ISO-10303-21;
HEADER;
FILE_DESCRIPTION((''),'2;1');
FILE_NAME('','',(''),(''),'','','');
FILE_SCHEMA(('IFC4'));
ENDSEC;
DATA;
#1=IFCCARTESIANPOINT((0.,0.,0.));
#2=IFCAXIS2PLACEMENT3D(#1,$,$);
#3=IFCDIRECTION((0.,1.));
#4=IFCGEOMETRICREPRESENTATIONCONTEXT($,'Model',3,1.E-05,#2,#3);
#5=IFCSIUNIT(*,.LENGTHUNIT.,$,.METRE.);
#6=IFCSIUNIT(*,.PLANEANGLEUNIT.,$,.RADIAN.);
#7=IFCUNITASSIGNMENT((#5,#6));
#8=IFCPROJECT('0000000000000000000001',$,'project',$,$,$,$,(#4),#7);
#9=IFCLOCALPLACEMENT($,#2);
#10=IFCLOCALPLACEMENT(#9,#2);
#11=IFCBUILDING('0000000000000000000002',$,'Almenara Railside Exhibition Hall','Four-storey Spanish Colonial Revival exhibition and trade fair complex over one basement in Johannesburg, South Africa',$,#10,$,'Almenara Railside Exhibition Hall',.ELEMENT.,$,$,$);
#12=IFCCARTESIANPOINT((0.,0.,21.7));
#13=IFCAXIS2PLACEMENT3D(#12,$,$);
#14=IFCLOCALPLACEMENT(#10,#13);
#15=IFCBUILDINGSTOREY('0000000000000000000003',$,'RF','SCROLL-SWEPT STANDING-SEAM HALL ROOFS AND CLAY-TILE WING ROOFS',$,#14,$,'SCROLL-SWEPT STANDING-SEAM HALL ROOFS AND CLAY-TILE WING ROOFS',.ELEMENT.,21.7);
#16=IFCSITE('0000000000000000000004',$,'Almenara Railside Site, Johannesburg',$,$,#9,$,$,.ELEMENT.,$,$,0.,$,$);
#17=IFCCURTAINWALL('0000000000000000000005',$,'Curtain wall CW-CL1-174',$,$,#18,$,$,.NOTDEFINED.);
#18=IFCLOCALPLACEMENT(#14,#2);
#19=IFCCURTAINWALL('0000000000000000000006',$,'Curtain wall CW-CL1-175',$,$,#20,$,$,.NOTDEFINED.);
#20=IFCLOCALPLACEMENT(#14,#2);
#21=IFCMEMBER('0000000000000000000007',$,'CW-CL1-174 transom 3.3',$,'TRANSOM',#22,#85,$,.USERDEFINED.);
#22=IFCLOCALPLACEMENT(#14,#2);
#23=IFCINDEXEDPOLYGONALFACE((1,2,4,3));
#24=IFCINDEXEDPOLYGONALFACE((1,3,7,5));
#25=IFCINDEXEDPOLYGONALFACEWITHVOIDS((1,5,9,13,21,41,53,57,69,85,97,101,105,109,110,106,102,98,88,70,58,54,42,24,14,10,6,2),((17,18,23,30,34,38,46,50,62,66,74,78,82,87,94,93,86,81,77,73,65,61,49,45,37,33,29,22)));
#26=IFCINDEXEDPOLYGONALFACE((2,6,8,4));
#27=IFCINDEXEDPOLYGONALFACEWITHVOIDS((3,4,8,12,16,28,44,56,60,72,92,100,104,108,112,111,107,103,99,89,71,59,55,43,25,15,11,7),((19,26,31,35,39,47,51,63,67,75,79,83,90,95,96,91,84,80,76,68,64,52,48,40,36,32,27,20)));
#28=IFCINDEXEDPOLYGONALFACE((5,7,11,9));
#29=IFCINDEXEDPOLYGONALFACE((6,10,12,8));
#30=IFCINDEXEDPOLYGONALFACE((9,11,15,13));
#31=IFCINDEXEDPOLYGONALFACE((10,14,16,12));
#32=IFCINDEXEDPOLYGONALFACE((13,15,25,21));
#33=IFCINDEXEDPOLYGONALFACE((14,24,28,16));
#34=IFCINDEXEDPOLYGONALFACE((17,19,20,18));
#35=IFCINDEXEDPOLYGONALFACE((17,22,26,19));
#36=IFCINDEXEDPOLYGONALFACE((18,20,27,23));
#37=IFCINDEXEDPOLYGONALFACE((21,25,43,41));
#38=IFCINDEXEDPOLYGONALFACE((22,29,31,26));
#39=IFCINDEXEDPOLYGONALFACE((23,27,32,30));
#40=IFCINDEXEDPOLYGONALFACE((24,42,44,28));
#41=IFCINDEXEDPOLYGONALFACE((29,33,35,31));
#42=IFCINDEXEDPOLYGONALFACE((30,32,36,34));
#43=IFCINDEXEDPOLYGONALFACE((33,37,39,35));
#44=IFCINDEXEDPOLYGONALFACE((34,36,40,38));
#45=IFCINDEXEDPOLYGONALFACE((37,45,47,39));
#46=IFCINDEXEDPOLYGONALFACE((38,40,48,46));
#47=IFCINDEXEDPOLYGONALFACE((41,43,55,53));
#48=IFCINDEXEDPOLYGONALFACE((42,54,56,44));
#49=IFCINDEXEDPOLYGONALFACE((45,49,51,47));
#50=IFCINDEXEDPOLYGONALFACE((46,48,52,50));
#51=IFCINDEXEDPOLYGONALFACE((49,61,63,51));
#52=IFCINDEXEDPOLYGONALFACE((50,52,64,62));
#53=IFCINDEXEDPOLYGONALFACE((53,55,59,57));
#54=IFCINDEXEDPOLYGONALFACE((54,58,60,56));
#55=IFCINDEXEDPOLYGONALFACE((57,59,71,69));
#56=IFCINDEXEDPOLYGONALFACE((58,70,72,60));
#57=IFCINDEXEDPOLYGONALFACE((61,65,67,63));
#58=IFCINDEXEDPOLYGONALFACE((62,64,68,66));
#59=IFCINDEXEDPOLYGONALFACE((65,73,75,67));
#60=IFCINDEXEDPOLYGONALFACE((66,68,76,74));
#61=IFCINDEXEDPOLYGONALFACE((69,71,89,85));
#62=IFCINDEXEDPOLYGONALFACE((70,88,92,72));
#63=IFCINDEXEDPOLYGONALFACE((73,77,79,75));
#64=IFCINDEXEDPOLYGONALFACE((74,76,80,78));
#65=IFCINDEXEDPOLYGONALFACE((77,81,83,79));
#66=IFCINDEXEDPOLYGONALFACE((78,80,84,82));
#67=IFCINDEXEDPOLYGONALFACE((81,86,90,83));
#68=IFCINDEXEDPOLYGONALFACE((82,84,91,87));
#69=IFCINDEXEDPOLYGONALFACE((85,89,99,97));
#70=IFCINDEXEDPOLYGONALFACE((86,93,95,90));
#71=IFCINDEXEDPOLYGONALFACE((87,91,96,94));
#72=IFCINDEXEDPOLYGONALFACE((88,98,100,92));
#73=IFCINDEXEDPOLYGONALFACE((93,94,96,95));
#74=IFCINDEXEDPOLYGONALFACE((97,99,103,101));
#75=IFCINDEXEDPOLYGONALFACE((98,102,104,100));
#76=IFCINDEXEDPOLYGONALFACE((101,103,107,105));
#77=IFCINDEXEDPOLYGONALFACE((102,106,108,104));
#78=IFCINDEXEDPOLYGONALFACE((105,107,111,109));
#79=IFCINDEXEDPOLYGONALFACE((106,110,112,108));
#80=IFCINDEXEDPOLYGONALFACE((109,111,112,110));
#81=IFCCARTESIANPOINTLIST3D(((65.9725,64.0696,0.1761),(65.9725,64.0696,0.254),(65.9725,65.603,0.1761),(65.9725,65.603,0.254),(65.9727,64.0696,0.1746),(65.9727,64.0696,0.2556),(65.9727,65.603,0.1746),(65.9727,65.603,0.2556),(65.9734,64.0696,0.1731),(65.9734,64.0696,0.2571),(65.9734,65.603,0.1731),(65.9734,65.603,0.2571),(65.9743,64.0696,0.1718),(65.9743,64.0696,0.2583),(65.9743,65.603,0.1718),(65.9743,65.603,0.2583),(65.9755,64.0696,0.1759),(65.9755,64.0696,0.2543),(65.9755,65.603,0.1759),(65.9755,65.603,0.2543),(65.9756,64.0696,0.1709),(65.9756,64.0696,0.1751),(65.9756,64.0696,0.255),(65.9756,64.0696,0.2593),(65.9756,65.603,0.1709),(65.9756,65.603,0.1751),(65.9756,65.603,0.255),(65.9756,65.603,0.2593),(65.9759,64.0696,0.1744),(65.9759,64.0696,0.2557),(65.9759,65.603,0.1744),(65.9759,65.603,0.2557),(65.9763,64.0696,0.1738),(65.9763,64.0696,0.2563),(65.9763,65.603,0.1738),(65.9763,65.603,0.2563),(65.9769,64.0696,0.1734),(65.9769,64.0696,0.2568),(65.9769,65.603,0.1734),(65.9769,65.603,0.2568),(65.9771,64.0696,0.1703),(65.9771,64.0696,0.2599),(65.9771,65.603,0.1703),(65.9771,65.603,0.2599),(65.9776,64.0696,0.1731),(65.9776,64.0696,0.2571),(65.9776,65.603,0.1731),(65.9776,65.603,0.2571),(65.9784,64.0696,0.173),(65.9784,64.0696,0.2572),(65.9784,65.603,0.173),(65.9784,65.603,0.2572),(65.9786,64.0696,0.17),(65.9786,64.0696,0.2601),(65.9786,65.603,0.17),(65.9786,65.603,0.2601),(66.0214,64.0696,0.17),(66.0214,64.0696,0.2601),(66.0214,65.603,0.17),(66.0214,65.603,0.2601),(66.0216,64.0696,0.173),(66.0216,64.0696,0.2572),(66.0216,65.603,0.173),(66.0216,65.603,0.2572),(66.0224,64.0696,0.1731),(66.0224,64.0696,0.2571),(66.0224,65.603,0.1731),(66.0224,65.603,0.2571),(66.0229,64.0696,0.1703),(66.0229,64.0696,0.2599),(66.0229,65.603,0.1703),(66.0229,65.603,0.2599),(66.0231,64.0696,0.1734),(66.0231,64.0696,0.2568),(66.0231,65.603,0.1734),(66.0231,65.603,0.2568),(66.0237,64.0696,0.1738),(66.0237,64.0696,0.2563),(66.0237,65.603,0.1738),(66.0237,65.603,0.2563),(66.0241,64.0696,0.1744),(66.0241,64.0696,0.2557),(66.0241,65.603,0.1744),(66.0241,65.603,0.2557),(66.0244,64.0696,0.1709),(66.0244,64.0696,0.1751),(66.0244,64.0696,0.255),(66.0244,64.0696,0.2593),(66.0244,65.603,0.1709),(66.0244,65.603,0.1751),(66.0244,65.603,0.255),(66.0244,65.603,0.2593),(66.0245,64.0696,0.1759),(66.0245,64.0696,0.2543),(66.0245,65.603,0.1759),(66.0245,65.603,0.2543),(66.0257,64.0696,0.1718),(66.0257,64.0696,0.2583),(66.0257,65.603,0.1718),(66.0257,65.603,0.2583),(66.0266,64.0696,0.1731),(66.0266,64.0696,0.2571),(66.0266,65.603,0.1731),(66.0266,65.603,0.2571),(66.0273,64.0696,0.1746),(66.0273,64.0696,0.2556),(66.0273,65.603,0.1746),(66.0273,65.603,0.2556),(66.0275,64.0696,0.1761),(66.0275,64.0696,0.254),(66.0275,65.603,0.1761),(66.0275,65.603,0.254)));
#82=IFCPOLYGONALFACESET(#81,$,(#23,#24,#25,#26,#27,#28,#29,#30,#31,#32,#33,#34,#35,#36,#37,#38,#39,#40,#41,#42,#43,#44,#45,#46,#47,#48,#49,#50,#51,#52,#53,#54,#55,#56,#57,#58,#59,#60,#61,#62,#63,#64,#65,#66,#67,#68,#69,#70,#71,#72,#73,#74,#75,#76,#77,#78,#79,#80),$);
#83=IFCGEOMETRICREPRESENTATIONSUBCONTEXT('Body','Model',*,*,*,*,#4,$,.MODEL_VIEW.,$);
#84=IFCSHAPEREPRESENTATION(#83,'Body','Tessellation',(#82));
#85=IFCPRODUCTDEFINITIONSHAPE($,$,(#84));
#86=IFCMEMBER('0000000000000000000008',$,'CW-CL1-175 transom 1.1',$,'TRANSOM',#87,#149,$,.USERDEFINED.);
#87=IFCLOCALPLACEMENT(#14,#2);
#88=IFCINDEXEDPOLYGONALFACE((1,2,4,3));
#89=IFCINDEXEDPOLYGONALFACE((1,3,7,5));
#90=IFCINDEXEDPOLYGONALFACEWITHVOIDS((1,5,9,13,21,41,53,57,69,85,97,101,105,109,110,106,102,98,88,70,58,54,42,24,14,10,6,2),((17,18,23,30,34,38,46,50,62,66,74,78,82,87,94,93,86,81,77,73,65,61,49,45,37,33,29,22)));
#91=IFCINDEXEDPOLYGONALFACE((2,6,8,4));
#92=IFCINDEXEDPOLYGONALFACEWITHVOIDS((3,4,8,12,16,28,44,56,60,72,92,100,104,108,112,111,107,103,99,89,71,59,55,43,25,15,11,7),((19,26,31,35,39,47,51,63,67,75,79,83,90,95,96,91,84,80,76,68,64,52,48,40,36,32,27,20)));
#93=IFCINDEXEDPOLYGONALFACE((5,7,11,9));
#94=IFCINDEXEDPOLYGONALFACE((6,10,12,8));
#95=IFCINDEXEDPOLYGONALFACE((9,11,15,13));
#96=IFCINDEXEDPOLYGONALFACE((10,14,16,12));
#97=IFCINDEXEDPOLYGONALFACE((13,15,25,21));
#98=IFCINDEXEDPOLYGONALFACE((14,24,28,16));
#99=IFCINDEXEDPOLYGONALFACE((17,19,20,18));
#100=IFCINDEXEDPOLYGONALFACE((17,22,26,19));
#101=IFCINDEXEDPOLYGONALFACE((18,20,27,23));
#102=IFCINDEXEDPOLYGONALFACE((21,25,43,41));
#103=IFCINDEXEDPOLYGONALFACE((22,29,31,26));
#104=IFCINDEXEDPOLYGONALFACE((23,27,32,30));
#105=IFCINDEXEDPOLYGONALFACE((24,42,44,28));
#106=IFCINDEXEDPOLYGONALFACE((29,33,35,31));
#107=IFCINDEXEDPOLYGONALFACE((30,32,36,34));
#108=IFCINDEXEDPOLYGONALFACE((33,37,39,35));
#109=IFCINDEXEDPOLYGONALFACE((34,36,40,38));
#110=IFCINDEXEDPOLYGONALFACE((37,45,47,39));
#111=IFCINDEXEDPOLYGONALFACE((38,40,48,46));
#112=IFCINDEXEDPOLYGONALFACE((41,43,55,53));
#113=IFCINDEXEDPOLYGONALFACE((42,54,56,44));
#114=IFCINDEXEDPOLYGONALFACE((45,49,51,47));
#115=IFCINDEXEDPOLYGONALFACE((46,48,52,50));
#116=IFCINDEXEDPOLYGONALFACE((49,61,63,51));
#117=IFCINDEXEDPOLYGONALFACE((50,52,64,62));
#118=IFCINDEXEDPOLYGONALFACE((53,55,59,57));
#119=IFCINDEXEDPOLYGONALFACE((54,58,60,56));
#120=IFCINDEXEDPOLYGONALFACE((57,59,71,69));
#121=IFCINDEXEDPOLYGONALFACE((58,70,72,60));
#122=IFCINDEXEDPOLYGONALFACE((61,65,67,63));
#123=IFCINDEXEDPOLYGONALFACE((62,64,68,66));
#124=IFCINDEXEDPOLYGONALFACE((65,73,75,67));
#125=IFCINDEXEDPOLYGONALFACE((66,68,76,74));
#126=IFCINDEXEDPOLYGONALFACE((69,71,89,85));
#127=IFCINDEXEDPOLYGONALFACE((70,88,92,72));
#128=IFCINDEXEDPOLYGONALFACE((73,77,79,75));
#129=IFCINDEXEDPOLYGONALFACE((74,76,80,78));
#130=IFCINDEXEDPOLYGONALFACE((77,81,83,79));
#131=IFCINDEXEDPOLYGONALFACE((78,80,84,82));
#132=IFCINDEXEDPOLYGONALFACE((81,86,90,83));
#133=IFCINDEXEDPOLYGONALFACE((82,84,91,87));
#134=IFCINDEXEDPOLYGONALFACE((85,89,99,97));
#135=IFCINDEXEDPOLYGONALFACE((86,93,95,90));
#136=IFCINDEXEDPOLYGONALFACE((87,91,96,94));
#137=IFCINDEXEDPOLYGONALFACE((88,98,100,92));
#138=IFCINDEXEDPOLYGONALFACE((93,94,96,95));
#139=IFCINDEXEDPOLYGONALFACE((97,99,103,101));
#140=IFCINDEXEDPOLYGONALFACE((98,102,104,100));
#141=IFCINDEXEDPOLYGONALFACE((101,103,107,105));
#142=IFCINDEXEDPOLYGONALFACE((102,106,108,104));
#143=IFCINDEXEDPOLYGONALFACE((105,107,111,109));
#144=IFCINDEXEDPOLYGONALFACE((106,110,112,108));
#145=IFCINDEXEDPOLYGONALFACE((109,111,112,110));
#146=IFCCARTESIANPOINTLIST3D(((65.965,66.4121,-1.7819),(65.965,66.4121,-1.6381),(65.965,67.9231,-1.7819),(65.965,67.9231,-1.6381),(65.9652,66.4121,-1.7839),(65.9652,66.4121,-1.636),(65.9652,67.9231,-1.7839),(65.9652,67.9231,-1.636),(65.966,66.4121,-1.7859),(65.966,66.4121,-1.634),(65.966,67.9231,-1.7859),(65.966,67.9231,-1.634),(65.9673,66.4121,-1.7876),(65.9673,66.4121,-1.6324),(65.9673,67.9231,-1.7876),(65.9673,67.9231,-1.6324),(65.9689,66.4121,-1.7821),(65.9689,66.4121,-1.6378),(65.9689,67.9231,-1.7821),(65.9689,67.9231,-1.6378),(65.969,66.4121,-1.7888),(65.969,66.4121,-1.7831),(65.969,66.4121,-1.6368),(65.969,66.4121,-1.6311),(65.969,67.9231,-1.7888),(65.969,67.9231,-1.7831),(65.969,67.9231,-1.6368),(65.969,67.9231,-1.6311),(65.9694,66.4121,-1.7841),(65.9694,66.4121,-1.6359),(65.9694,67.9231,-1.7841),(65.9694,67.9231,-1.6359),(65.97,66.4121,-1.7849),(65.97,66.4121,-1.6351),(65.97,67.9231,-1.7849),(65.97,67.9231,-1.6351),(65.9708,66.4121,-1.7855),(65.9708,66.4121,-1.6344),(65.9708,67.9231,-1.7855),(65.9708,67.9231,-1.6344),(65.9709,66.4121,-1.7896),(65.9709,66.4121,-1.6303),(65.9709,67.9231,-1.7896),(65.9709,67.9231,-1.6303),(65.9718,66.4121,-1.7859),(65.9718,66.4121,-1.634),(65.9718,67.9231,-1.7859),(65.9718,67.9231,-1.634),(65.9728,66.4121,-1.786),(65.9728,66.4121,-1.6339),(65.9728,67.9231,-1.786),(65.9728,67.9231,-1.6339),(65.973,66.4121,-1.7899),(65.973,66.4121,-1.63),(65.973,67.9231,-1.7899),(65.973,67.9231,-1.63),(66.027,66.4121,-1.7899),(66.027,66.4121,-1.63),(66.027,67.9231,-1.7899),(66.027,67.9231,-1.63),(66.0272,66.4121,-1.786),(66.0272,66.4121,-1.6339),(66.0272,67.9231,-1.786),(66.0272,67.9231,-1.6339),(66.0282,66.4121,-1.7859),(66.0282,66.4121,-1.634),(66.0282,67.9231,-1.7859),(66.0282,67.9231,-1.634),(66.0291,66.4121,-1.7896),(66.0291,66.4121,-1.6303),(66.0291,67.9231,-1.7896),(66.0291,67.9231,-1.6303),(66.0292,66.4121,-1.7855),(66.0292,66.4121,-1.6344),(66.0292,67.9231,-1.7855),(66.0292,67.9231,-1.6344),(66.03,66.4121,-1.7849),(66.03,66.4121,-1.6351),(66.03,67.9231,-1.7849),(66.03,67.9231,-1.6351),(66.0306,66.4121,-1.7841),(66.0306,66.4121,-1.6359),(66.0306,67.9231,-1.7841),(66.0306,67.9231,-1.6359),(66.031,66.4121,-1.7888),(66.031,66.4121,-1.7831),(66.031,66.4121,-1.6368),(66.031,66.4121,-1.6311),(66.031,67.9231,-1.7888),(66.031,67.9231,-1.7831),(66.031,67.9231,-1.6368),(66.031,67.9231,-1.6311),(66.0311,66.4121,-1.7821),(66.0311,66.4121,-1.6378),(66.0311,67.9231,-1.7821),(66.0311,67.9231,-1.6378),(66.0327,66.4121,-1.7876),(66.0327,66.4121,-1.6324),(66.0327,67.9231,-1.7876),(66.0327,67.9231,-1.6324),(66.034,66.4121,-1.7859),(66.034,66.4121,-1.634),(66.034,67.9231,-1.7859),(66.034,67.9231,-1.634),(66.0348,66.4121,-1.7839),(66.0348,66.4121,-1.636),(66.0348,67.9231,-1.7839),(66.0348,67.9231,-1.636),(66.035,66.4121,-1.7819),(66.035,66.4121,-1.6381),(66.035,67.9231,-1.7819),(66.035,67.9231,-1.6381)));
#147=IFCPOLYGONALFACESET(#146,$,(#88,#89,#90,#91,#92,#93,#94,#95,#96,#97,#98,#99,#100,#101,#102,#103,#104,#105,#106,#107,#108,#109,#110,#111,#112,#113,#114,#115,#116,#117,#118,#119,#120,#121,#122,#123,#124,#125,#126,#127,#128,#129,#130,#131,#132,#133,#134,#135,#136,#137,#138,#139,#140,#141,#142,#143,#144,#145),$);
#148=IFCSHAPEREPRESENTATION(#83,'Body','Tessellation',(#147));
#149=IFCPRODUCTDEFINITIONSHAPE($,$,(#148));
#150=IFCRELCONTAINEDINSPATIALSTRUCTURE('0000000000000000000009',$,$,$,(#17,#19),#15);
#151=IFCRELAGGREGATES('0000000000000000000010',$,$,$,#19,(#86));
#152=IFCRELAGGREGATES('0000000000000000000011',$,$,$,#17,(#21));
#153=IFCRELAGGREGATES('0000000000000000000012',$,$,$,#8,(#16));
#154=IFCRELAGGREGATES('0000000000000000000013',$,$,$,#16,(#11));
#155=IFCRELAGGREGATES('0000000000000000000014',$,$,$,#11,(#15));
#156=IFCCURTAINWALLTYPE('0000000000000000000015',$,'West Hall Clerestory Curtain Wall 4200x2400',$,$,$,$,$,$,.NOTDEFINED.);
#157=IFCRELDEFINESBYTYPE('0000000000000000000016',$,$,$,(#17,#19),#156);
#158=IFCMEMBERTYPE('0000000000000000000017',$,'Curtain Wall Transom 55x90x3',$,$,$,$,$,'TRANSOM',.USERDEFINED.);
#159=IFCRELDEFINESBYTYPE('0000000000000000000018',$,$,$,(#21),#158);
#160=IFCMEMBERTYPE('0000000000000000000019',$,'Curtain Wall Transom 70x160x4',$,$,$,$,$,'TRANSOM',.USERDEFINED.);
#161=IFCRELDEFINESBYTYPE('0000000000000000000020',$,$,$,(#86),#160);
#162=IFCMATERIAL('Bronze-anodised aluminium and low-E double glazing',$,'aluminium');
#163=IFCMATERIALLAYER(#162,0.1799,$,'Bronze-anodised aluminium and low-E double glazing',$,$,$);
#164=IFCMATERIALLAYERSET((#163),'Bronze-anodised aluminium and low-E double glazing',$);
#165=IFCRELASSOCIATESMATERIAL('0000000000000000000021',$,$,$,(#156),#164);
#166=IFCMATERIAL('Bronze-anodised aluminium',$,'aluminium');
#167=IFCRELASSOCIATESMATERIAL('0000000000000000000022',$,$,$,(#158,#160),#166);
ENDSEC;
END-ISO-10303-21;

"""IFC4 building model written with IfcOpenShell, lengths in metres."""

from ifc_helpers import new_model, si_unit, direction, frame, origin, origin_2d, place, context, subcontext, project, spatial, hollow_rectangle, extrude, material, layer, layer_set, material_profile, profile_set, type_object, element, aggregate, save


model = new_model("IFC4")

# Units and contexts
model_context = context("Model", 3, precision=1e-05, world=origin(), true_north=direction((0.0, 1.0)))
body_context = subcontext(model_context, "Body", "Model", "MODEL_VIEW")
ifc_project = project(units=[si_unit("LENGTHUNIT", "METRE"), si_unit("PLANEANGLEUNIT", "RADIAN")], contexts=[model_context])

# Site, building, storey
site_placement = place(None, origin())
site = spatial("IfcSite", under=ifc_project, at=site_placement, Name="Almenara Railside Site, Johannesburg", CompositionType="ELEMENT", RefElevation=0.0)
building_placement = place(site_placement, origin())
building = spatial("IfcBuilding", under=site, at=building_placement, Name="Almenara Railside Exhibition Hall", Description="Four-storey Spanish Colonial Revival exhibition and trade fair complex over one basement in Johannesburg, South Africa", LongName="Almenara Railside Exhibition Hall", CompositionType="ELEMENT")
storey_placement = place(building_placement, frame((0.0, 0.0, 21.7)))
storey = spatial("IfcBuildingStorey", under=building, at=storey_placement, Name="RF", Description="SCROLL-SWEPT STANDING-SEAM HALL ROOFS AND CLAY-TILE WING ROOFS", LongName="SCROLL-SWEPT STANDING-SEAM HALL ROOFS AND CLAY-TILE WING ROOFS", CompositionType="ELEMENT", Elevation=21.7)

# Curtain wall
ifc_material_1 = material(Name="Bronze-anodised aluminium and low-E double glazing", Category="aluminium")
ifc_layer_1 = layer(ifc_material_1, 0.1799, Name="Bronze-anodised aluminium and low-E double glazing")
ifc_layer_set_1 = layer_set([ifc_layer_1], Name="Bronze-anodised aluminium and low-E double glazing")
curtain_wall_type = type_object("IfcCurtainWallType", Name="West Hall Clerestory Curtain Wall 4200x2400", PredefinedType="NOTDEFINED", material=ifc_layer_set_1)
curtain_wall_1_placement = place(storey_placement, origin())
curtain_wall_1 = element("IfcCurtainWall", 1, at=curtain_wall_1_placement, inside=storey, type_object=curtain_wall_type, Name="Curtain wall CW-CL1-174", PredefinedType="NOTDEFINED")
ifc_material_2 = material(Name="Bronze-anodised aluminium", Category="aluminium")

# Curtain wall
curtain_wall_2_placement = place(storey_placement, origin())
curtain_wall_2 = element("IfcCurtainWall", 2, at=curtain_wall_2_placement, inside=storey, type_object=curtain_wall_type, Name="Curtain wall CW-CL1-175", PredefinedType="NOTDEFINED")

# Members
ifc_material_profile_1 = material_profile(ifc_material_2, hollow_rectangle(XDim=0.0549, YDim=0.0901, WallThickness=0.0029, InnerFilletRadius=0.0029, OuterFilletRadius=0.0061, at=origin_2d()), Name="ALU-TRN 55x90x3")
ifc_profile_set_1 = profile_set([ifc_material_profile_1], Name="Bronze-anodised aluminium")
member_type_1 = type_object("IfcMemberType", Name="Curtain Wall Transom 55x90x3", ElementType="TRANSOM", PredefinedType="USERDEFINED", material=ifc_profile_set_1)
member_1_placement = place(storey_placement, frame((66.0, 64.0696, 0.2151), z_axis=(0.0, 1.0, 0.0), x_axis=(-1.0, 0.0, 0.0)))
member_1 = element("IfcMember", 3, at=member_1_placement, type_object=member_type_1, Name="CW-CL1-174 transom 3.3", ObjectType="TRANSOM", PredefinedType="USERDEFINED", context=body_context, shape_type="SweptSolid", body=[
    extrude(hollow_rectangle(XDim=0.0549, YDim=0.0901, WallThickness=0.0029, InnerFilletRadius=0.0029, OuterFilletRadius=0.0061, at=origin_2d()), origin(), (0.0, 0.0, 1.0), 1.5334),
])
ifc_material_profile_2 = material_profile(ifc_material_2, hollow_rectangle(XDim=0.0701, YDim=0.1599, WallThickness=0.0039, InnerFilletRadius=0.0039, OuterFilletRadius=0.0081, at=origin_2d()), Name="ALU-TRN 70x160x4")
ifc_profile_set_2 = profile_set([ifc_material_profile_2], Name="Bronze-anodised aluminium")
member_type_2 = type_object("IfcMemberType", Name="Curtain Wall Transom 70x160x4", ElementType="TRANSOM", PredefinedType="USERDEFINED", material=ifc_profile_set_2)
member_2_placement = place(storey_placement, frame((66.0, 66.4121, -1.71), z_axis=(0.0, 1.0, 0.0), x_axis=(-1.0, 0.0, 0.0)))
member_2 = element("IfcMember", 4, at=member_2_placement, type_object=member_type_2, Name="CW-CL1-175 transom 1.1", ObjectType="TRANSOM", PredefinedType="USERDEFINED", context=body_context, shape_type="SweptSolid", body=[
    extrude(hollow_rectangle(XDim=0.0701, YDim=0.1599, WallThickness=0.0039, InnerFilletRadius=0.0039, OuterFilletRadius=0.0081, at=origin_2d()), origin(), (0.0, 0.0, 1.0), 1.511),
])

aggregate(curtain_wall_2, [member_2])
aggregate(curtain_wall_1, [member_1])

save(model, "model.ifc")
